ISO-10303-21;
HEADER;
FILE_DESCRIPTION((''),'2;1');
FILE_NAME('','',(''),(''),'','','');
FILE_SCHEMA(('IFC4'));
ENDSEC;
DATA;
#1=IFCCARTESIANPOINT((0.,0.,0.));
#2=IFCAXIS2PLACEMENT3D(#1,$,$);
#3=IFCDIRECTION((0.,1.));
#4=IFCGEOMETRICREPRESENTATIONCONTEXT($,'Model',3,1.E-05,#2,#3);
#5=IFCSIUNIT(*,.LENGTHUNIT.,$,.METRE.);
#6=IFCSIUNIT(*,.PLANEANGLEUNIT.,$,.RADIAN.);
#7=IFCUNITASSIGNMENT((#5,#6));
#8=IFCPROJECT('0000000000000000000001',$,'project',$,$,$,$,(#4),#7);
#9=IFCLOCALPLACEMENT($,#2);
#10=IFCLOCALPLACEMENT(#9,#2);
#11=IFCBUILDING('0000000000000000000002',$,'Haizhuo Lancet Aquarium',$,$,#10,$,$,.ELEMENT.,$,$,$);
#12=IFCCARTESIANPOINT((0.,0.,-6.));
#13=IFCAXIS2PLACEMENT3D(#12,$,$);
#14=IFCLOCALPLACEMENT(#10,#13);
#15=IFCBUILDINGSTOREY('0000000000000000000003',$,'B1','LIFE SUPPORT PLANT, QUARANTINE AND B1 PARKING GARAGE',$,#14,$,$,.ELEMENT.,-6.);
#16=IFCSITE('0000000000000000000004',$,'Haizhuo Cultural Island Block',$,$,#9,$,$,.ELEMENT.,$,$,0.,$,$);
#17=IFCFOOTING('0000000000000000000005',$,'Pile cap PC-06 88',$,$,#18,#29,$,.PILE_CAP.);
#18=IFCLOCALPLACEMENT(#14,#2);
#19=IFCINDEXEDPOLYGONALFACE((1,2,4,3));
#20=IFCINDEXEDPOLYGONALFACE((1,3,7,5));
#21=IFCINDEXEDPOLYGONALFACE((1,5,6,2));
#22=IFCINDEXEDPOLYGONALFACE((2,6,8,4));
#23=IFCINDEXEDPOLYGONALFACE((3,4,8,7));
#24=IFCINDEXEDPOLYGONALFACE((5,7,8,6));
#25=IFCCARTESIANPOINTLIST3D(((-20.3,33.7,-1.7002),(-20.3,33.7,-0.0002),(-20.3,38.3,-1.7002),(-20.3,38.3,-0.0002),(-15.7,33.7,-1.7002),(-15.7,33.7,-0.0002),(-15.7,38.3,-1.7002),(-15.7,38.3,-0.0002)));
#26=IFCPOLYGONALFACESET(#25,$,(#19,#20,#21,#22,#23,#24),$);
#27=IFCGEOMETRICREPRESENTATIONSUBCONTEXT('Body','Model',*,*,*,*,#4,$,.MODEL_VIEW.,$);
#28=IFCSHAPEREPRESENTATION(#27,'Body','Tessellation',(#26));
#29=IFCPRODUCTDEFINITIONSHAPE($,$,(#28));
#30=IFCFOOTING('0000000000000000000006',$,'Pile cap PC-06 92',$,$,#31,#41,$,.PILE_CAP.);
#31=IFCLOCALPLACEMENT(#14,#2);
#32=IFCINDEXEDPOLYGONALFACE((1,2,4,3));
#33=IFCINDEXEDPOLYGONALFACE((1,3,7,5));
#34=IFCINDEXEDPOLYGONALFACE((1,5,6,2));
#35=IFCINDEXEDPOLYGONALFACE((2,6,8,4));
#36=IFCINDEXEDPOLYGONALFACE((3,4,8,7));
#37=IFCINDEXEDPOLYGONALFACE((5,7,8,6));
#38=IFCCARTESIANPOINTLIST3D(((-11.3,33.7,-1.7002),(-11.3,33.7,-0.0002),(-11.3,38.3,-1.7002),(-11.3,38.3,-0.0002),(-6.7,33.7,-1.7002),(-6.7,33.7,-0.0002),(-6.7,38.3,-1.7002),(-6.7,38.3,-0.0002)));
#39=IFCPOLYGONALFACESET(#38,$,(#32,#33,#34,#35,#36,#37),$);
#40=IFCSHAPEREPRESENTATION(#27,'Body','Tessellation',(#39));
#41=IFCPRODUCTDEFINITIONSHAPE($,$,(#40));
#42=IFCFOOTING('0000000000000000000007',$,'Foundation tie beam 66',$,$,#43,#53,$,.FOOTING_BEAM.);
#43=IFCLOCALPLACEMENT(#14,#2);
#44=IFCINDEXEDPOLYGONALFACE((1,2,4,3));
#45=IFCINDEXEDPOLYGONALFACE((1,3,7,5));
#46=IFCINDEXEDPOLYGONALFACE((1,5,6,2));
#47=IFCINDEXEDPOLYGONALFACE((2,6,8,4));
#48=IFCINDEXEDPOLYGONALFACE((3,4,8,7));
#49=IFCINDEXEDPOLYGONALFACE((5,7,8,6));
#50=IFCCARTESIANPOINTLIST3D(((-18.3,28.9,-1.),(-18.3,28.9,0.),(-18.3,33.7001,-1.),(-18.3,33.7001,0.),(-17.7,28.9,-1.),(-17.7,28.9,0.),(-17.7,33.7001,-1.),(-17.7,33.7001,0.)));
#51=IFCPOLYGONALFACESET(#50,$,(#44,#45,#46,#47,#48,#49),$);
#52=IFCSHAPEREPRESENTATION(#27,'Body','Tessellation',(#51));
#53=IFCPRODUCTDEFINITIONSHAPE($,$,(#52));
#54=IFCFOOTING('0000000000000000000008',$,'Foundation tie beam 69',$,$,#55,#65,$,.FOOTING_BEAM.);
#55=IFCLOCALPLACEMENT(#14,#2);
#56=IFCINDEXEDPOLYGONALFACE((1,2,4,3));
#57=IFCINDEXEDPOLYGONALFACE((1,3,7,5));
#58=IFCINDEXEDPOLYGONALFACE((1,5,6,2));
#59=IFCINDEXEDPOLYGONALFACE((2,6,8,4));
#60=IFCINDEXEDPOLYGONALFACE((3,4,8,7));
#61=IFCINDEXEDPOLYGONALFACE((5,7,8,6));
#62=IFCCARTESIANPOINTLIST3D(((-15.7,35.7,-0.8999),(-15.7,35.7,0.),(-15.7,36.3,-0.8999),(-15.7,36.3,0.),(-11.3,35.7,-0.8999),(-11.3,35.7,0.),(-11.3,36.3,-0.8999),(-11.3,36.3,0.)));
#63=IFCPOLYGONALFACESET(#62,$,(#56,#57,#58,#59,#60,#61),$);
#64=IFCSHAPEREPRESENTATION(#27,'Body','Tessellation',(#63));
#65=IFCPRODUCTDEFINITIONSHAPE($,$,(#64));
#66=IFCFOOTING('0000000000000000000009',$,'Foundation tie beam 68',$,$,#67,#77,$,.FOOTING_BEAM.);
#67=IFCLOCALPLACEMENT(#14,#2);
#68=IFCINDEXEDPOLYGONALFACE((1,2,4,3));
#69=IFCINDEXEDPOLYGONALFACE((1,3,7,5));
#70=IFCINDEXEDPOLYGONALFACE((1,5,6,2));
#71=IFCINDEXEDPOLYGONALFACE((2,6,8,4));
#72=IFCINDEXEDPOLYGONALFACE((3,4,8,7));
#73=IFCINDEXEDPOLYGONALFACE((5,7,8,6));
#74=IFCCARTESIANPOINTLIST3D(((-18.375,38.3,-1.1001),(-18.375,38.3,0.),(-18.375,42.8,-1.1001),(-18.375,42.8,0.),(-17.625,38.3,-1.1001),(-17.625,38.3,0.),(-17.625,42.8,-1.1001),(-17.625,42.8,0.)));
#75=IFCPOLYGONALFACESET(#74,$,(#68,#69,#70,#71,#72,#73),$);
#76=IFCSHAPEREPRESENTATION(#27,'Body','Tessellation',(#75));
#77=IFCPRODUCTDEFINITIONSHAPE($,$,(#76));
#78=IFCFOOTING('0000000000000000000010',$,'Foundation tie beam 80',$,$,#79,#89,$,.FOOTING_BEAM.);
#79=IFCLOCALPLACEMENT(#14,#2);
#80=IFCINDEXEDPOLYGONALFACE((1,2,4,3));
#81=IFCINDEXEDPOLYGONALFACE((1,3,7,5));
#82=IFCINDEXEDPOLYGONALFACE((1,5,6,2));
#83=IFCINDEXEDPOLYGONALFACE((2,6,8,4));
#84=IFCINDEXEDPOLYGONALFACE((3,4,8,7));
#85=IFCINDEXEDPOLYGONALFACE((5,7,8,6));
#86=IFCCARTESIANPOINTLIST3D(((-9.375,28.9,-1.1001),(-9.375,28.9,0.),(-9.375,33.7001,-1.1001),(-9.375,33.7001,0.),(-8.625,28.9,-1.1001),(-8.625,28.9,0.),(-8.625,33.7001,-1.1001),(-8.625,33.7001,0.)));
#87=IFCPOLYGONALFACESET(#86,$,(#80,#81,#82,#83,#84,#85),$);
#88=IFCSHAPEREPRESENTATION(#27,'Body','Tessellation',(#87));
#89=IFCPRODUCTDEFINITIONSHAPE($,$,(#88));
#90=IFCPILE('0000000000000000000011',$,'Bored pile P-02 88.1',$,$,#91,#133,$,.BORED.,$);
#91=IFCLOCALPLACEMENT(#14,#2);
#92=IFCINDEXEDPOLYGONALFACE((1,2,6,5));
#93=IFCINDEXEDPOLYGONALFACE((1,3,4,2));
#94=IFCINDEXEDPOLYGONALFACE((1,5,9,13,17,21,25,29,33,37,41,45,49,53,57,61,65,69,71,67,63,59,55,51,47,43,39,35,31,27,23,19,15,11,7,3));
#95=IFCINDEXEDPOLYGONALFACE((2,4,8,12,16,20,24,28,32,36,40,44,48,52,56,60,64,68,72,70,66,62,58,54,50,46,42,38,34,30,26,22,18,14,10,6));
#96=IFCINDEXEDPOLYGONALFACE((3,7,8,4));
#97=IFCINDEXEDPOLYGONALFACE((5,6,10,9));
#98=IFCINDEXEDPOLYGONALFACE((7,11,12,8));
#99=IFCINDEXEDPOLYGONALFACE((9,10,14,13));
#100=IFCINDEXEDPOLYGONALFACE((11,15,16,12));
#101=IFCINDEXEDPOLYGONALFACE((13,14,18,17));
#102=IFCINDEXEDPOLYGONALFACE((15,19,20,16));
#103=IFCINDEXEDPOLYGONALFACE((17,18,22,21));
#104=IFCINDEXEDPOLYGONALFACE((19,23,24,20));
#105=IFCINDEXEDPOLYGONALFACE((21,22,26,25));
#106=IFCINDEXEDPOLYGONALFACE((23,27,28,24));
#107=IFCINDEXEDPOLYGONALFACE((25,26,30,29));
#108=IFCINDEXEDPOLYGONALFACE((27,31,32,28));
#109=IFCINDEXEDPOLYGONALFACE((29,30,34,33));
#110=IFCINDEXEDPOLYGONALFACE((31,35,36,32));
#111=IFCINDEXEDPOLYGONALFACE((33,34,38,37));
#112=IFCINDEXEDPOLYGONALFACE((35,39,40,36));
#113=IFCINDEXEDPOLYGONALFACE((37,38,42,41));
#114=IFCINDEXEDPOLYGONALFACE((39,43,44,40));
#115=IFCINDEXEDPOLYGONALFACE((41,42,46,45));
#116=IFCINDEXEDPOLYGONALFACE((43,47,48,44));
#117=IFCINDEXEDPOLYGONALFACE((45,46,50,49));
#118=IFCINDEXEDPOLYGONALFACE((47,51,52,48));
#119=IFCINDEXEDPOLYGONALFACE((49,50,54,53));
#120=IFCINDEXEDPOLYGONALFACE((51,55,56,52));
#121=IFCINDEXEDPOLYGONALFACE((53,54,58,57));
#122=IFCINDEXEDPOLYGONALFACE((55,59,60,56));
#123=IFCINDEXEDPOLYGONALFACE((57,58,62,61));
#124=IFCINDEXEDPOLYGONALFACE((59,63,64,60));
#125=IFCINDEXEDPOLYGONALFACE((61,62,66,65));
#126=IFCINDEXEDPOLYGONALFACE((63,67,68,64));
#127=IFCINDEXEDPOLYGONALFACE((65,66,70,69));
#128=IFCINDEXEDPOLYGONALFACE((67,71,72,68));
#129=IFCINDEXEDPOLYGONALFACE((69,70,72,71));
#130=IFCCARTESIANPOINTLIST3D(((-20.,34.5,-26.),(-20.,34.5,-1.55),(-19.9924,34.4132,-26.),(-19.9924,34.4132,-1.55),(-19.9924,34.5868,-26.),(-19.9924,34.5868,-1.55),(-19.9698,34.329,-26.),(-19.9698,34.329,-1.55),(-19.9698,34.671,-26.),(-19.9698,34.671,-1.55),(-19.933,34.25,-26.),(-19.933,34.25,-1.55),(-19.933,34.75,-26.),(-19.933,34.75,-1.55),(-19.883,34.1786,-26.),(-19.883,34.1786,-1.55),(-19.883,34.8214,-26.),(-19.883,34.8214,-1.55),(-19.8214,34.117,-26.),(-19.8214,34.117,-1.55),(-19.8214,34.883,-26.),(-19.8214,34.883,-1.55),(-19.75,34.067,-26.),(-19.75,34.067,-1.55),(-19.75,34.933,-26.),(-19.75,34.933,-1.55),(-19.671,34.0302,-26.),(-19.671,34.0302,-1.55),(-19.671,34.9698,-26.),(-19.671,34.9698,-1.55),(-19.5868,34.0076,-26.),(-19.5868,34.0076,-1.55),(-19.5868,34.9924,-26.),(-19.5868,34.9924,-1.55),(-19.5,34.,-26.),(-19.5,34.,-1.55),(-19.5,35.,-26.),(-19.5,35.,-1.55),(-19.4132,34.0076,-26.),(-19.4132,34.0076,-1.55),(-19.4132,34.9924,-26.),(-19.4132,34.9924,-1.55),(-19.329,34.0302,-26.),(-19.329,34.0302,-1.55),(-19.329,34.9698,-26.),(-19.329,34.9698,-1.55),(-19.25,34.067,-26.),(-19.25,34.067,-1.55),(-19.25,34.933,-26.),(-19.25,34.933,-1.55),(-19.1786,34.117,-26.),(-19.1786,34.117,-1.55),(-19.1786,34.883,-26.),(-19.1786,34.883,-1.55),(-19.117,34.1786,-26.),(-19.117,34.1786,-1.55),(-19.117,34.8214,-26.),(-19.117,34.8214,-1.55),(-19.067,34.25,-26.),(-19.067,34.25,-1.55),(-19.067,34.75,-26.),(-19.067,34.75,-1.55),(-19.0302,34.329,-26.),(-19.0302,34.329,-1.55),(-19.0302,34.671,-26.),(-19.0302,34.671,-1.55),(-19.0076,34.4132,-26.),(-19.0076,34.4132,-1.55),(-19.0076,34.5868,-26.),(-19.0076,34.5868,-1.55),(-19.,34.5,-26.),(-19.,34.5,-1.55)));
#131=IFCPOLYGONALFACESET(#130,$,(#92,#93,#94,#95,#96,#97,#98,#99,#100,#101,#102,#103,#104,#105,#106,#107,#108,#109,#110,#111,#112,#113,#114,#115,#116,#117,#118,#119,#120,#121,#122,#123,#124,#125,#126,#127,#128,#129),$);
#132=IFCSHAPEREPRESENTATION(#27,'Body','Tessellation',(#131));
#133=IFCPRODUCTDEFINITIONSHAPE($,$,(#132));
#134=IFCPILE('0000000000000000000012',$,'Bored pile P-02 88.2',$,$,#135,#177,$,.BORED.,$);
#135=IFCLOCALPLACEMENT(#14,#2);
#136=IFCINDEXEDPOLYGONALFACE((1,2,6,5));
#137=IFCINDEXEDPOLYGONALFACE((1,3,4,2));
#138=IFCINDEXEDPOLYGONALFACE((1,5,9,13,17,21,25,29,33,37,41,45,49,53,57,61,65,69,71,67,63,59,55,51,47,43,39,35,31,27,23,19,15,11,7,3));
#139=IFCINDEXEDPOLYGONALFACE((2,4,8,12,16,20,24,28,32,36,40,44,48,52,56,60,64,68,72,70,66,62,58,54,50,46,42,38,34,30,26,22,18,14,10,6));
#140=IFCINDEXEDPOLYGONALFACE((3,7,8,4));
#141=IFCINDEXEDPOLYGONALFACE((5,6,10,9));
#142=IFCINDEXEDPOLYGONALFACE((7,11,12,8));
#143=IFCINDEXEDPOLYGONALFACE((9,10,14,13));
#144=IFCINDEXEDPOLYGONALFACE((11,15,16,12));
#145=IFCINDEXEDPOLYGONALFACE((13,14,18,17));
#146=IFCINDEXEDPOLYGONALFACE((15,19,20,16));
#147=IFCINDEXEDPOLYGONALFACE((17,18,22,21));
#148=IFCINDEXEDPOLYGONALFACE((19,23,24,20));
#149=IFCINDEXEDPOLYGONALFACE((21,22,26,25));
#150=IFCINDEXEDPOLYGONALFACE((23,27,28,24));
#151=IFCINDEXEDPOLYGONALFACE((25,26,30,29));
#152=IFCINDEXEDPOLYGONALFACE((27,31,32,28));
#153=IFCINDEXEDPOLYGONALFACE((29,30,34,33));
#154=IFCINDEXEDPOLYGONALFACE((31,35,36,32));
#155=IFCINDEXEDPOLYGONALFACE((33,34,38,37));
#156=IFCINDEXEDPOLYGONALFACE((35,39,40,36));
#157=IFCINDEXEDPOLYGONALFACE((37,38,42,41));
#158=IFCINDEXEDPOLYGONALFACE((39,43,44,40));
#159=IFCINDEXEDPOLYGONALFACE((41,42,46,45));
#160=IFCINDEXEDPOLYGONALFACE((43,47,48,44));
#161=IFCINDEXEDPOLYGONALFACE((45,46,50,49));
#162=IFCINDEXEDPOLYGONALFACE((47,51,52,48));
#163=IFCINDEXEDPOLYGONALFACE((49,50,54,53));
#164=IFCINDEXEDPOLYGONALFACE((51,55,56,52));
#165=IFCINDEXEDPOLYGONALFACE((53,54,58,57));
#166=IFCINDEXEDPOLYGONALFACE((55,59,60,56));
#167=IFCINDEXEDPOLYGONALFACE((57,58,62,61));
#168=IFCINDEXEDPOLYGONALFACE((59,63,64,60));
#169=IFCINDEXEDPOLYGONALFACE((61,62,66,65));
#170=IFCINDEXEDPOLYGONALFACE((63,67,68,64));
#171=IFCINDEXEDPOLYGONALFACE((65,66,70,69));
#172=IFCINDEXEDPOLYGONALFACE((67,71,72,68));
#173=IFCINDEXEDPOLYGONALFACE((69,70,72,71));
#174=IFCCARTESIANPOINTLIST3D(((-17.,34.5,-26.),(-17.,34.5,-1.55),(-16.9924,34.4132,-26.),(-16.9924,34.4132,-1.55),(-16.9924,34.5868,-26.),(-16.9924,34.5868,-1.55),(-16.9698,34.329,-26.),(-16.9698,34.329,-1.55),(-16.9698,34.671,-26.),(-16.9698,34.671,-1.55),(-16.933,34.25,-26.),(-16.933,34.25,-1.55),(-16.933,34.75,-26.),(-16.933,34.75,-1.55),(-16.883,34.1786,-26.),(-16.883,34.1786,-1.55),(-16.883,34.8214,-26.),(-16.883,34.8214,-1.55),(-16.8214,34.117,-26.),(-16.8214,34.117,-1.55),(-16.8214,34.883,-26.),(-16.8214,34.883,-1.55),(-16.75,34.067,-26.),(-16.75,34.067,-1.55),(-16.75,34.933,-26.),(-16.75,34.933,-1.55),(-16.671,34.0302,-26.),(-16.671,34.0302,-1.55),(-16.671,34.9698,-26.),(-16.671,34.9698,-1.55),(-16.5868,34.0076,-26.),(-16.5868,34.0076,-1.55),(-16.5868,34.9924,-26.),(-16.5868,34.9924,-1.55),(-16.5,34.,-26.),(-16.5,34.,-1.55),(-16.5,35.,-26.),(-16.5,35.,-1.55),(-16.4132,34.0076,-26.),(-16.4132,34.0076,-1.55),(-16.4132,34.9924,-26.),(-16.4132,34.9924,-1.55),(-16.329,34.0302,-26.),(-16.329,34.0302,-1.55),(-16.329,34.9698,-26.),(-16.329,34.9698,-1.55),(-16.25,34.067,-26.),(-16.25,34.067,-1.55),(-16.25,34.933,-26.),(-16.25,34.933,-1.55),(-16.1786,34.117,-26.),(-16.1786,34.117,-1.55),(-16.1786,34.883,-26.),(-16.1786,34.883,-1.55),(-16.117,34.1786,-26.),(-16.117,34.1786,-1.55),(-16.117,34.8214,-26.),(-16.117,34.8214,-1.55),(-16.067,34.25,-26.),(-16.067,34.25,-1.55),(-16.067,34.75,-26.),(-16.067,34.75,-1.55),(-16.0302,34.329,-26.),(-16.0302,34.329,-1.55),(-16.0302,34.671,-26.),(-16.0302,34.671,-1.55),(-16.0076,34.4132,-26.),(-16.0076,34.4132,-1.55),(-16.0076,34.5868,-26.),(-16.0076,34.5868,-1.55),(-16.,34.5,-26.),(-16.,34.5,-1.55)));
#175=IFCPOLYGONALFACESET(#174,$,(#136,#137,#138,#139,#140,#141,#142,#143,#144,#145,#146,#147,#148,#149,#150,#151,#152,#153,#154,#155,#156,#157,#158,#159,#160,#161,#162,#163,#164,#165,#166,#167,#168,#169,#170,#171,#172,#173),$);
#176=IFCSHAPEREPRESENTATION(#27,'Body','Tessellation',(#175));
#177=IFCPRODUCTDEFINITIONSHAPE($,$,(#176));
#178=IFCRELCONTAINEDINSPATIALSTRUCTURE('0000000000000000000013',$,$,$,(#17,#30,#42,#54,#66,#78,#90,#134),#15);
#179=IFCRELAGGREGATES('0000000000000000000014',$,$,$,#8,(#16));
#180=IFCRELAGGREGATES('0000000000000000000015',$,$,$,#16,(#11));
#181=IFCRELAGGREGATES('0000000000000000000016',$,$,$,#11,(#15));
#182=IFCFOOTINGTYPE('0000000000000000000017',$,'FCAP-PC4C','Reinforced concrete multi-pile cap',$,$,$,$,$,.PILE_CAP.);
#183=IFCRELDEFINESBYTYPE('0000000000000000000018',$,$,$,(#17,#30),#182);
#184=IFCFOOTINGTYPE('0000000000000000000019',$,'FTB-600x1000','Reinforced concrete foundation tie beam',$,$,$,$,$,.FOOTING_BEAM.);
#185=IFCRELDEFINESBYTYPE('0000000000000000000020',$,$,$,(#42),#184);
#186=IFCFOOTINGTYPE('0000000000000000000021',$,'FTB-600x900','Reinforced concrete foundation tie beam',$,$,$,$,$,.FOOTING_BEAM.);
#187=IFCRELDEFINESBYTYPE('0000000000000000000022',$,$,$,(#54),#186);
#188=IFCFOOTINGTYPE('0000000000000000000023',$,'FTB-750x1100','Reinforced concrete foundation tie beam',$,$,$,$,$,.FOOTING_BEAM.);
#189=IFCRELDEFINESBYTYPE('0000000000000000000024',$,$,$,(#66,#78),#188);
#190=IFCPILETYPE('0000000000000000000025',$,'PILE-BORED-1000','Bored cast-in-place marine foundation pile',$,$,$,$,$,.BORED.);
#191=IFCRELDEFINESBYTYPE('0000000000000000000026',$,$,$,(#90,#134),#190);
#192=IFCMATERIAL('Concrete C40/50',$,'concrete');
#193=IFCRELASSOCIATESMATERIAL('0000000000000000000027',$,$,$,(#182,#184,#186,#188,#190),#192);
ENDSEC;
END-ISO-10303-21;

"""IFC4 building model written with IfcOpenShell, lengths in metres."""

from ifc_helpers import new_model, si_unit, direction, frame, origin, origin_2d, place, context, subcontext, project, spatial, rectangle, circle, extrude, material, material_profile, profile_set, type_object, element, save


model = new_model("IFC4")

# Units and contexts
model_context = context("Model", 3, precision=1e-05, world=origin(), true_north=direction((0.0, 1.0)))
body_context = subcontext(model_context, "Body", "Model", "MODEL_VIEW")
ifc_project = project(units=[si_unit("LENGTHUNIT", "METRE"), si_unit("PLANEANGLEUNIT", "RADIAN")], contexts=[model_context])

# Site, building, storey
site_placement = place(None, origin())
site = spatial("IfcSite", under=ifc_project, at=site_placement, Name="Haizhuo Cultural Island Block", CompositionType="ELEMENT", RefElevation=0.0)
building_placement = place(site_placement, origin())
building = spatial("IfcBuilding", under=site, at=building_placement, Name="Haizhuo Lancet Aquarium", CompositionType="ELEMENT")
storey_placement = place(building_placement, frame((0.0, 0.0, -6.0)))
storey = spatial("IfcBuildingStorey", under=building, at=storey_placement, Name="B1", Description="LIFE SUPPORT PLANT, QUARANTINE AND B1 PARKING GARAGE", CompositionType="ELEMENT", Elevation=-6.0)

# Footings
ifc_material_1 = material(Name="Concrete C40/50", Category="concrete")
footing_type_1 = type_object("IfcFootingType", Name="FCAP-PC4C", Description="Reinforced concrete multi-pile cap", PredefinedType="PILE_CAP", material=ifc_material_1)
for number, where, z_axis, x_axis, name in (
    (1, (-18.0, 36.0, -1.7002), (0.0, 0.0, 1.0), (1.0, 0.0, 0.0), "Pile cap PC-06 88"),
    (2, (-9.0, 36.0, -1.7002), (0.0, 0.0, 1.0), (1.0, 0.0, 0.0), "Pile cap PC-06 92"),
):
    element("IfcFooting", number, at=place(storey_placement, frame(where, z_axis=z_axis, x_axis=x_axis)), inside=storey, type_object=footing_type_1, Name=name, PredefinedType="PILE_CAP", context=body_context, shape_type="SweptSolid", body=[
        extrude(rectangle(XDim=4.6001, YDim=4.6001, at=origin_2d()), origin(), (0.0, 0.0, 1.0), 1.7),
    ])
footing_type_2 = type_object("IfcFootingType", Name="FTB-600x1000", Description="Reinforced concrete foundation tie beam", PredefinedType="FOOTING_BEAM", material=ifc_material_1)
footing_1_placement = place(storey_placement, frame((-18.0, 31.3, -1.0), z_axis=(0.0, 0.0, 1.0), x_axis=(0.0, 1.0, 0.0)))
element("IfcFooting", 3, at=footing_1_placement, inside=storey, type_object=footing_type_2, Name="Foundation tie beam 66", PredefinedType="FOOTING_BEAM", context=body_context, shape_type="SweptSolid", body=[
    extrude(rectangle(XDim=4.8, YDim=0.6001, at=origin_2d()), origin(), (0.0, 0.0, 1.0), 1.0),
])
footing_type_3 = type_object("IfcFootingType", Name="FTB-600x900", Description="Reinforced concrete foundation tie beam", PredefinedType="FOOTING_BEAM", material=ifc_material_1)
footing_2_placement = place(storey_placement, frame((-13.5, 36.0, -0.8999), z_axis=(0.0, 0.0, 1.0), x_axis=(1.0, 0.0, 0.0)))
element("IfcFooting", 4, at=footing_2_placement, inside=storey, type_object=footing_type_3, Name="Foundation tie beam 69", PredefinedType="FOOTING_BEAM", context=body_context, shape_type="SweptSolid", body=[
    extrude(rectangle(XDim=4.3999, YDim=0.6001, at=origin_2d()), origin(), (0.0, 0.0, 1.0), 0.8999),
])
footing_type_4 = type_object("IfcFootingType", Name="FTB-750x1100", Description="Reinforced concrete foundation tie beam", PredefinedType="FOOTING_BEAM", material=ifc_material_1)
footing_3_placement = place(storey_placement, frame((-18.0, 40.55, -1.1001), z_axis=(0.0, 0.0, 1.0), x_axis=(0.0, 1.0, 0.0)))
element("IfcFooting", 5, at=footing_3_placement, inside=storey, type_object=footing_type_4, Name="Foundation tie beam 68", PredefinedType="FOOTING_BEAM", context=body_context, shape_type="SweptSolid", body=[
    extrude(rectangle(XDim=4.5, YDim=0.75, at=origin_2d()), origin(), (0.0, 0.0, 1.0), 1.1001),
])
footing_4_placement = place(storey_placement, frame((-9.0, 31.3, -1.1001), z_axis=(0.0, 0.0, 1.0), x_axis=(0.0, 1.0, 0.0)))
element("IfcFooting", 6, at=footing_4_placement, inside=storey, type_object=footing_type_4, Name="Foundation tie beam 80", PredefinedType="FOOTING_BEAM", context=body_context, shape_type="SweptSolid", body=[
    extrude(rectangle(XDim=4.8, YDim=0.75, at=origin_2d()), origin(), (0.0, 0.0, 1.0), 1.1001),
])

# Piles
ifc_material_profile_1 = material_profile(ifc_material_1, circle(Radius=0.5, at=origin_2d()), Name="PILE-1000")
ifc_profile_set_1 = profile_set([ifc_material_profile_1], Name="Concrete C40/50")
pile_type_1 = type_object("IfcPileType", Name="PILE-BORED-1000", Description="Bored cast-in-place marine foundation pile", PredefinedType="BORED", material=ifc_profile_set_1)
for number, where, z_axis, x_axis, name in (
    (7, (-19.5, 34.5, -1.55), (0.0, 0.0, -1.0), (1.0, 0.0, 0.0), "Bored pile P-02 88.1"),
    (8, (-16.5, 34.5, -1.55), (0.0, 0.0, -1.0), (1.0, 0.0, 0.0), "Bored pile P-02 88.2"),
):
    element("IfcPile", number, at=place(storey_placement, frame(where, z_axis=z_axis, x_axis=x_axis)), inside=storey, type_object=pile_type_1, Name=name, PredefinedType="BORED", context=body_context, shape_type="SweptSolid", body=[
        extrude(circle(Radius=0.5, at=origin_2d()), origin(), (0.0, 0.0, 1.0), 24.45),
    ])

save(model, "model.ifc")
